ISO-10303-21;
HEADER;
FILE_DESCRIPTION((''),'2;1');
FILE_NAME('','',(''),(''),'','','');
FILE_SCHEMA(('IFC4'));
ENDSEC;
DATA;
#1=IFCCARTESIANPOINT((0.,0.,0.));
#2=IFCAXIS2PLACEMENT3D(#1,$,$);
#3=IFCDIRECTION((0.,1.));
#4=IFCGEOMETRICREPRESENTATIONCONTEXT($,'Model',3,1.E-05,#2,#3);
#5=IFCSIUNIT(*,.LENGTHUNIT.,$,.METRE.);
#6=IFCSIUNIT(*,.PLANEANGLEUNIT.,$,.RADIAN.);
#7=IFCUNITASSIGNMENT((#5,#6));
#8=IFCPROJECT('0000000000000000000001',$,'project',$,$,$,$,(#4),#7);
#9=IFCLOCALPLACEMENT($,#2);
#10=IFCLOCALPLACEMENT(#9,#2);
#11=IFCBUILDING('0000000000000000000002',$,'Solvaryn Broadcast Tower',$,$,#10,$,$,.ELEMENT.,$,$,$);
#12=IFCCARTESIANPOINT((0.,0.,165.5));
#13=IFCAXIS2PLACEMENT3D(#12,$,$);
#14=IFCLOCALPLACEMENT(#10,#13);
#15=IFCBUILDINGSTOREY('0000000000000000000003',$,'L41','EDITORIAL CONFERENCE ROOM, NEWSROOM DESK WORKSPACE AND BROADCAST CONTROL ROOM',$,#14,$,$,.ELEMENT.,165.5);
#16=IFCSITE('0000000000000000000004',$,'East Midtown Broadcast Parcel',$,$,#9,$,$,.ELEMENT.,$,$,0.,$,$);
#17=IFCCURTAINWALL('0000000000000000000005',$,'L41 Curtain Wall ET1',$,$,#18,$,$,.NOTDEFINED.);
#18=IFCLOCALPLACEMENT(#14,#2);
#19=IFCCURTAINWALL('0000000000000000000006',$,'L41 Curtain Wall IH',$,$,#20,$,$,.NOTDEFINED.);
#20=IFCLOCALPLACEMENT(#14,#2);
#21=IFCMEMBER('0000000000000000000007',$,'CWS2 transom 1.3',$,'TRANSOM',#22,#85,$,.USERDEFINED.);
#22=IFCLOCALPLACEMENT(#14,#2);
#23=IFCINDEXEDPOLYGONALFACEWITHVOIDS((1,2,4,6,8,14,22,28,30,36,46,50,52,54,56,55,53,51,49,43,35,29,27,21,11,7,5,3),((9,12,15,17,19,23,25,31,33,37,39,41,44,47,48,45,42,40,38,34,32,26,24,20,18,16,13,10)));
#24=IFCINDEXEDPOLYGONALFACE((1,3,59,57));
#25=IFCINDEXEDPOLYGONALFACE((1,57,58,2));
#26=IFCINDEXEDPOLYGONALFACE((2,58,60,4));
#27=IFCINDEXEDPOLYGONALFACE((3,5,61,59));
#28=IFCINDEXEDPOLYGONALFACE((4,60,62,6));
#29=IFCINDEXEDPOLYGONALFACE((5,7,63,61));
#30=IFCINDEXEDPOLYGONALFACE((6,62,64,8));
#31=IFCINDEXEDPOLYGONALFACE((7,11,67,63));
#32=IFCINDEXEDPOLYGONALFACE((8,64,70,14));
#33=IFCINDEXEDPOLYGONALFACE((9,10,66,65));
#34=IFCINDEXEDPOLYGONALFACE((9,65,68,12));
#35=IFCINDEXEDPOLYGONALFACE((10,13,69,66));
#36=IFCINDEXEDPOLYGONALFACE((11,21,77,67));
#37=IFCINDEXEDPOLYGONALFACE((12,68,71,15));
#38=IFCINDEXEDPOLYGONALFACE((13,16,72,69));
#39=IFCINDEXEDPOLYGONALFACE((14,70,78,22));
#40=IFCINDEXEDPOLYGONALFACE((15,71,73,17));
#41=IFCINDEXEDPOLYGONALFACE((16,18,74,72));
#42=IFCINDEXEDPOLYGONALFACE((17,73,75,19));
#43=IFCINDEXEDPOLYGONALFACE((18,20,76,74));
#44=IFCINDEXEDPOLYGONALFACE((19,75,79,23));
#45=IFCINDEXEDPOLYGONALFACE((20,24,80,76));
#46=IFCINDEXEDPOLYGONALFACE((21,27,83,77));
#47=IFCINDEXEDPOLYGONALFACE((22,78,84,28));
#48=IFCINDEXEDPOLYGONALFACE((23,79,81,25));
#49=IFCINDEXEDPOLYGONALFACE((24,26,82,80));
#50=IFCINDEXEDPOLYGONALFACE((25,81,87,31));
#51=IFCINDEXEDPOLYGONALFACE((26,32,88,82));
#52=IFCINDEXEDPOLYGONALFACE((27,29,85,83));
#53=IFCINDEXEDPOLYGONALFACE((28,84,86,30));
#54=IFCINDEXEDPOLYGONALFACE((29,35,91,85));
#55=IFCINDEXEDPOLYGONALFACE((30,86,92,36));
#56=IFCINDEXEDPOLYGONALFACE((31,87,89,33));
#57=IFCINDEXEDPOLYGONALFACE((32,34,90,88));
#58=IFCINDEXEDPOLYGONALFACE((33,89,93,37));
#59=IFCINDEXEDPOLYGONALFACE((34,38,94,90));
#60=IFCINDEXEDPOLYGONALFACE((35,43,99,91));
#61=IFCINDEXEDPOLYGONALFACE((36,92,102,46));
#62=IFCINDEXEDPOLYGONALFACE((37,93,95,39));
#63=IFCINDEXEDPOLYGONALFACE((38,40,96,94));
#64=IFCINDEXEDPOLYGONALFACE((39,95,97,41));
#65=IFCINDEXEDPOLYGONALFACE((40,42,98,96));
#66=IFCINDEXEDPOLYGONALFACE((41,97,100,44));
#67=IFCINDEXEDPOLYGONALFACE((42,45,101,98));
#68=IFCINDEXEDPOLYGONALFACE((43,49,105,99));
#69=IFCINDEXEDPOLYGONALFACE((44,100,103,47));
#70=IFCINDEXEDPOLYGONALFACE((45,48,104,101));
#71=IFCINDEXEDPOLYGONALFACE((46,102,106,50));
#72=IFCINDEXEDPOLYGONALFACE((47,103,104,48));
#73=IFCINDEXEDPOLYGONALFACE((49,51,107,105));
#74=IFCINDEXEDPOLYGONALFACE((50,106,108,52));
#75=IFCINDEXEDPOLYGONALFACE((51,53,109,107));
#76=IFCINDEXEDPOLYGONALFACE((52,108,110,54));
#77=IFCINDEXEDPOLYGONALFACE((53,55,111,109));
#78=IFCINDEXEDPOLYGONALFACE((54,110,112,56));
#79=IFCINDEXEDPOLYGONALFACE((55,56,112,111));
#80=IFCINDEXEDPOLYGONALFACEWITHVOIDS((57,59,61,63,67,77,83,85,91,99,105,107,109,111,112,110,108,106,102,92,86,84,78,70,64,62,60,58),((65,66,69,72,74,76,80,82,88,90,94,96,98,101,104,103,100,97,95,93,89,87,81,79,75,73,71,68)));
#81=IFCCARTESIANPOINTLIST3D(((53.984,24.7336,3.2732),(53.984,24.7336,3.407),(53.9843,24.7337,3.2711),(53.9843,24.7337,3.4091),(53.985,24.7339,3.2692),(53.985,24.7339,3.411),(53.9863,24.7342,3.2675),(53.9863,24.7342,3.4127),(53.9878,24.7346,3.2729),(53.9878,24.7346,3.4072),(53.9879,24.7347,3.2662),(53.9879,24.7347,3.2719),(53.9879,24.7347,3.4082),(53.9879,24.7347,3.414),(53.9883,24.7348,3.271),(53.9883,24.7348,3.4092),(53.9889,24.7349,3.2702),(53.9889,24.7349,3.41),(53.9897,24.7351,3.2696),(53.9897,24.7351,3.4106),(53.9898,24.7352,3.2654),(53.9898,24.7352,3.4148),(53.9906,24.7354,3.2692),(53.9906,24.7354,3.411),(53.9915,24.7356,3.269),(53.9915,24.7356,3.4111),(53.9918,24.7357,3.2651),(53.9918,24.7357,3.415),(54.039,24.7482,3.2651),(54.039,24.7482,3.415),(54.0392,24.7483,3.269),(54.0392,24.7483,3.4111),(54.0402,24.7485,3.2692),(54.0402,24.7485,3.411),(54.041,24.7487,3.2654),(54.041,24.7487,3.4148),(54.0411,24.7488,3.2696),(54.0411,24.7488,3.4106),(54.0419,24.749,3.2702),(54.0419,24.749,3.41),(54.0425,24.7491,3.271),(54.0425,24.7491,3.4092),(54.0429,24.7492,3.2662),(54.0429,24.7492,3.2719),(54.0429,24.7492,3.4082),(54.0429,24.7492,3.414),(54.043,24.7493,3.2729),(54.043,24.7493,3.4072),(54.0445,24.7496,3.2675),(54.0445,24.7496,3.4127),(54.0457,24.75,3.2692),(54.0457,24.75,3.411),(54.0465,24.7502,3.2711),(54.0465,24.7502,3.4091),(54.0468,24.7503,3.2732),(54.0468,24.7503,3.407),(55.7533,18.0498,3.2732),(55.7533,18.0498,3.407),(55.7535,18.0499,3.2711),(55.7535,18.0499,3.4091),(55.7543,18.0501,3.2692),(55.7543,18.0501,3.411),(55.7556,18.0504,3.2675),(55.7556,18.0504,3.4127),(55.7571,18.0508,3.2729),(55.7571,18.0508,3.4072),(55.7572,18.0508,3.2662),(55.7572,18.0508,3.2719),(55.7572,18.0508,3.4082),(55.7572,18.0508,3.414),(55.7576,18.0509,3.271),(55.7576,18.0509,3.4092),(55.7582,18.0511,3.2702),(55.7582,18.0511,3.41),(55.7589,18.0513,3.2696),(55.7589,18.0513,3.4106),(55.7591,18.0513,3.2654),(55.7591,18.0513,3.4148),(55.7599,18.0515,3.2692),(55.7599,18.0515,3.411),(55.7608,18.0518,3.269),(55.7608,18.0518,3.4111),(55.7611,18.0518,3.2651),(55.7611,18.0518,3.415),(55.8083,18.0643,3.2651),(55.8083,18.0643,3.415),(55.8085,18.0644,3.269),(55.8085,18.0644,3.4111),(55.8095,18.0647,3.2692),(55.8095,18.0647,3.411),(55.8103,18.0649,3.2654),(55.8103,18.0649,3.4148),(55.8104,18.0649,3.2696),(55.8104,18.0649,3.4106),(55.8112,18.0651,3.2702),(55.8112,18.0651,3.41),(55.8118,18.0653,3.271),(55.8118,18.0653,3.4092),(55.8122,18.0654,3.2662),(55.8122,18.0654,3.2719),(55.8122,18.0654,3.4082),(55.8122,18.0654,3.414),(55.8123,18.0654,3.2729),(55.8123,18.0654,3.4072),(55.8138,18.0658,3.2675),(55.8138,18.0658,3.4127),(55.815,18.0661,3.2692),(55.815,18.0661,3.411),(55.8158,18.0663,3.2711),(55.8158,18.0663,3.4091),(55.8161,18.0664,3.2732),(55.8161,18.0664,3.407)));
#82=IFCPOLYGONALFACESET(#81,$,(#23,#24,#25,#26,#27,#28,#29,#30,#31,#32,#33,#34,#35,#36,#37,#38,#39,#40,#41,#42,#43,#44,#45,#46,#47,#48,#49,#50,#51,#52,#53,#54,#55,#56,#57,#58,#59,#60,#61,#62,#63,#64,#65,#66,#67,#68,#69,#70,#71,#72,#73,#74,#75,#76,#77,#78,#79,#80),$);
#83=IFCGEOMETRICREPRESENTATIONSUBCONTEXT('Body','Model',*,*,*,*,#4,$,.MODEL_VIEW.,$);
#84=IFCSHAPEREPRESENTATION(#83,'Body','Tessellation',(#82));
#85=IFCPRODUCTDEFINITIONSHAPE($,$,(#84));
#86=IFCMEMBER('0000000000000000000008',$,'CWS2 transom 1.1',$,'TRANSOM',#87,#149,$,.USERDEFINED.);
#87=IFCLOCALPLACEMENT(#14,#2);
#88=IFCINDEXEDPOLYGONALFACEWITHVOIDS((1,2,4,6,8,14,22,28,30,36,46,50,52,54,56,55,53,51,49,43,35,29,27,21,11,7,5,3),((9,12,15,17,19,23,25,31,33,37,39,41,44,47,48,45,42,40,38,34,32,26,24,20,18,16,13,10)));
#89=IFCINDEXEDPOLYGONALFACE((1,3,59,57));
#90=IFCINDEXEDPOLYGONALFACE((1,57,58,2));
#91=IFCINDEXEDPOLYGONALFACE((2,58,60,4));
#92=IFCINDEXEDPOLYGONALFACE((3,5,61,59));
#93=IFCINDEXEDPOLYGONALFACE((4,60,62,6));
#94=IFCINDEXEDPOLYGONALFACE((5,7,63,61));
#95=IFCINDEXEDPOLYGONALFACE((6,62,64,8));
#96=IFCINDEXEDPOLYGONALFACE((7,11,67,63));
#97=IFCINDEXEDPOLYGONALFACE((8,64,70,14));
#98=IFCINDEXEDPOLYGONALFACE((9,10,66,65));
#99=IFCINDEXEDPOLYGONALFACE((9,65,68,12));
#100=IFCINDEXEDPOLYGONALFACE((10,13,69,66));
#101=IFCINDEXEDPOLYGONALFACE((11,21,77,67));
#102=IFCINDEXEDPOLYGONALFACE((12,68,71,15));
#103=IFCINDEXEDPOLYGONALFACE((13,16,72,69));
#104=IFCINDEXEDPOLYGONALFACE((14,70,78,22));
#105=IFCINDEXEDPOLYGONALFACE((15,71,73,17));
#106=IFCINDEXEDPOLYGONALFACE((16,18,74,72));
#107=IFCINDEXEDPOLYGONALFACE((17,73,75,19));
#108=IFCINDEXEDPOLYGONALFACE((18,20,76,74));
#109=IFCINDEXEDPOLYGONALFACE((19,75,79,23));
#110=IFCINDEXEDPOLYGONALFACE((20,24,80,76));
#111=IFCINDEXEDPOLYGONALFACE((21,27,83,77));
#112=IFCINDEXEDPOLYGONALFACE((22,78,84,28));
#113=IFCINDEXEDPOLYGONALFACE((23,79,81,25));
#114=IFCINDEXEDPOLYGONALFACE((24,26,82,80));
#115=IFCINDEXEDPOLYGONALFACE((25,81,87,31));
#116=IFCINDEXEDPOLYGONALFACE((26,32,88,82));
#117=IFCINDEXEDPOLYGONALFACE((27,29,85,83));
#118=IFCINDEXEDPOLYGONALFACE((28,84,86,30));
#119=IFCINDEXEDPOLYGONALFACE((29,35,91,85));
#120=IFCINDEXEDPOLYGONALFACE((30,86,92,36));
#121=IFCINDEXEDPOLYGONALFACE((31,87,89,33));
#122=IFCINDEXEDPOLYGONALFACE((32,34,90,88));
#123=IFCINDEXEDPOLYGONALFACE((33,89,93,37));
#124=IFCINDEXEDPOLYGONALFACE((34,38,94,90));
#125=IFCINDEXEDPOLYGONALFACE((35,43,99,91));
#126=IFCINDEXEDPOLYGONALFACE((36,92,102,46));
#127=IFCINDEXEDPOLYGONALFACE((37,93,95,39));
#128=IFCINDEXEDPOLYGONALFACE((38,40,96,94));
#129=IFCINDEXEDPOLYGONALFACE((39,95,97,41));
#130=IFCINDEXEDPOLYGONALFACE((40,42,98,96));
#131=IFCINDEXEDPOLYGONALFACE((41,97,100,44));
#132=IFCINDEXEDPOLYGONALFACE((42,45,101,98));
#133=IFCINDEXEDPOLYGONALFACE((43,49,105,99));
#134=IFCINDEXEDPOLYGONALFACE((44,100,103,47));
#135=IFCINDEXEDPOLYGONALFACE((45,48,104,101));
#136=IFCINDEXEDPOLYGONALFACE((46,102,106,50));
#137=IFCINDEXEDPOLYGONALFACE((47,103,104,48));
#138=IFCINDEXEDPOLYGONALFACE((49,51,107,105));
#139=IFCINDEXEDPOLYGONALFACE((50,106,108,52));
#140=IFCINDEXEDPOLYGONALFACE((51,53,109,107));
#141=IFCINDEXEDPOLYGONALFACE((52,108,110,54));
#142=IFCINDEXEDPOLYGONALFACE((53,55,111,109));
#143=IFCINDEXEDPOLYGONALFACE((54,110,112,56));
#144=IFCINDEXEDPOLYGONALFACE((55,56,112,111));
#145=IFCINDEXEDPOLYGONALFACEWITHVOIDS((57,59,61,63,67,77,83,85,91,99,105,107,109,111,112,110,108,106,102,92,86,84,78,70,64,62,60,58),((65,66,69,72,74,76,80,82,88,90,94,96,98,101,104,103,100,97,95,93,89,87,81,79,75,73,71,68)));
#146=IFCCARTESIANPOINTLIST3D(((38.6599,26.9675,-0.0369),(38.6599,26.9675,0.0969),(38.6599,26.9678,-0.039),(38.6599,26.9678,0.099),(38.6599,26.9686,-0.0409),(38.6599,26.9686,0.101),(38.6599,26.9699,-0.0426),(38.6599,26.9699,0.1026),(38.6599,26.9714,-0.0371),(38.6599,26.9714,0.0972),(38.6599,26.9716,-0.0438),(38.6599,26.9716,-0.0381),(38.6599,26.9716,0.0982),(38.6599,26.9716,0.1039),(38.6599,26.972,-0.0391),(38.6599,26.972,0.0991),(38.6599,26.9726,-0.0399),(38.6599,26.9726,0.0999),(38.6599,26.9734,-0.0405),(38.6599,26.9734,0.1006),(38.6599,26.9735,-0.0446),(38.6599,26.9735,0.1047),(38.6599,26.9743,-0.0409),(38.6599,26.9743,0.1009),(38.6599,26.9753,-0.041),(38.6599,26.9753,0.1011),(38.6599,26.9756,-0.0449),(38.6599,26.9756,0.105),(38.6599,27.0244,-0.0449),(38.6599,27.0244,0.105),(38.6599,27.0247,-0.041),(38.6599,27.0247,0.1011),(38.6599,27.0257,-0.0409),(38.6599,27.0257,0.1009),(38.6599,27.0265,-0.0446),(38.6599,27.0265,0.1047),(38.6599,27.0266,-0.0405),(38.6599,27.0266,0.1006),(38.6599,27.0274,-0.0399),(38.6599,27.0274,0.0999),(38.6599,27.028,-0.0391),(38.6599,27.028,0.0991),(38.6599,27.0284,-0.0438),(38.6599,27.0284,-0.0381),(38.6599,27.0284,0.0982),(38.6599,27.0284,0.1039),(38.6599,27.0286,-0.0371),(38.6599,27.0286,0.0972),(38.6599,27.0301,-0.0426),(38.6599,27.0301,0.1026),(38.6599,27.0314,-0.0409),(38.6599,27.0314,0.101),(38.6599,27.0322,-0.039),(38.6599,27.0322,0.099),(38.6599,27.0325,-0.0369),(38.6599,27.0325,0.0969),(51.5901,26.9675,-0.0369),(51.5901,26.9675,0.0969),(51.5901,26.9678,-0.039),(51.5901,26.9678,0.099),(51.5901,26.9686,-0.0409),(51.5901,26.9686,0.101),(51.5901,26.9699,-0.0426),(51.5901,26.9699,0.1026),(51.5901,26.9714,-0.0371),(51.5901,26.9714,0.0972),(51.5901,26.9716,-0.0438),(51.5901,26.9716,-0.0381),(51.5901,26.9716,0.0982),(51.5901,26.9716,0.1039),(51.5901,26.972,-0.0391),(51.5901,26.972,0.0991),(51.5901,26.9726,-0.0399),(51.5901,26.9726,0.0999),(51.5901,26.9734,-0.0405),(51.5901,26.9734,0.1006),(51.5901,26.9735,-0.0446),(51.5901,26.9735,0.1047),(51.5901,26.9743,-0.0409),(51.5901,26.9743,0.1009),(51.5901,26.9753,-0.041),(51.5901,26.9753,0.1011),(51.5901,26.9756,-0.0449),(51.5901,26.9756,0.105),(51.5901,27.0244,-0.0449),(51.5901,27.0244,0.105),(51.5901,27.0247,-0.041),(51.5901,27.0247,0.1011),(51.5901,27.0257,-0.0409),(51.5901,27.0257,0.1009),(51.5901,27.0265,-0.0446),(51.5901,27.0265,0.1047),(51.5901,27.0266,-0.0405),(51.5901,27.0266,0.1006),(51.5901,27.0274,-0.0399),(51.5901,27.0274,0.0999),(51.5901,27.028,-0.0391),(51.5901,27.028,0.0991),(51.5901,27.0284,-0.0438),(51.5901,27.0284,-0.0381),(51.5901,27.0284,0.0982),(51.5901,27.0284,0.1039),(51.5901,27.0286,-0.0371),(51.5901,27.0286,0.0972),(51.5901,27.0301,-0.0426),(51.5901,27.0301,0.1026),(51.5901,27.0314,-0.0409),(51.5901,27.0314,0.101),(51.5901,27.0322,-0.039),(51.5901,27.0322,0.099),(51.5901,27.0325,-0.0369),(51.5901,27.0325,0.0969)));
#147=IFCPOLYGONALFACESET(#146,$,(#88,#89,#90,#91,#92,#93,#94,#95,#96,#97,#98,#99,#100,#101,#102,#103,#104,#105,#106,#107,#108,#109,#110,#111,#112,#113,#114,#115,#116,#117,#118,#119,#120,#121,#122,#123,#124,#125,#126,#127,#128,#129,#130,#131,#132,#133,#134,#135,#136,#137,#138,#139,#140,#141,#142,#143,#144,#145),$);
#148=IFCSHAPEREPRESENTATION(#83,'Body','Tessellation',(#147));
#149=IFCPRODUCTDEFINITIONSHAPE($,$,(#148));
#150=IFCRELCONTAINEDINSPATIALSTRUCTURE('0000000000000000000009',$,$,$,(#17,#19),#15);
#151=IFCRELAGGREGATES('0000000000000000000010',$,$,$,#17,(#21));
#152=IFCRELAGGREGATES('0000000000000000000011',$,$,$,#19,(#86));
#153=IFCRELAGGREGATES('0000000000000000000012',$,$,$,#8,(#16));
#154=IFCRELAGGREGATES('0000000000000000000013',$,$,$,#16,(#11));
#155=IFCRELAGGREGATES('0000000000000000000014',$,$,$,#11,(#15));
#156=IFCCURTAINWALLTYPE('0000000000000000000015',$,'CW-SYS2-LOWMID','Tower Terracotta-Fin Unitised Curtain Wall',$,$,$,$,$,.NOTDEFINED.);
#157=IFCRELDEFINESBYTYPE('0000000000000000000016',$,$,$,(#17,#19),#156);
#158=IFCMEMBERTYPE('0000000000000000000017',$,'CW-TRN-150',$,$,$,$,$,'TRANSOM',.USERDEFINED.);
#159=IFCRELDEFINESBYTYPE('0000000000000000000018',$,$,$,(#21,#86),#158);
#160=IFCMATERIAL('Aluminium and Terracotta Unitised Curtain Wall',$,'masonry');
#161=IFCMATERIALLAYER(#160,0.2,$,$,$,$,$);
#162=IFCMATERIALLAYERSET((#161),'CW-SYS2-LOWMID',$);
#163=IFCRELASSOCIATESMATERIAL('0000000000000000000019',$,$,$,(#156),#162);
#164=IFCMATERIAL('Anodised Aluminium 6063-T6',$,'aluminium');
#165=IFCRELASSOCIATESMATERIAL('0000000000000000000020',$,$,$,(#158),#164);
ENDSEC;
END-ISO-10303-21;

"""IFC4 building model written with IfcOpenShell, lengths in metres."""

from ifc_helpers import new_model, si_unit, direction, frame, origin, origin_2d, place, context, subcontext, project, spatial, hollow_rectangle, extrude, material, layer, layer_set, material_profile, profile_set, type_object, element, aggregate, save


model = new_model("IFC4")

# Units and contexts
model_context = context("Model", 3, precision=1e-05, world=origin(), true_north=direction((0.0, 1.0)))
body_context = subcontext(model_context, "Body", "Model", "MODEL_VIEW")
ifc_project = project(units=[si_unit("LENGTHUNIT", "METRE"), si_unit("PLANEANGLEUNIT", "RADIAN")], contexts=[model_context])

# Site, building, storey
site_placement = place(None, origin())
site = spatial("IfcSite", under=ifc_project, at=site_placement, Name="East Midtown Broadcast Parcel", CompositionType="ELEMENT", RefElevation=0.0)
building_placement = place(site_placement, origin())
building = spatial("IfcBuilding", under=site, at=building_placement, Name="Solvaryn Broadcast Tower", CompositionType="ELEMENT")
storey_placement = place(building_placement, frame((0.0, 0.0, 165.5)))
storey = spatial("IfcBuildingStorey", under=building, at=storey_placement, Name="L41", Description="EDITORIAL CONFERENCE ROOM, NEWSROOM DESK WORKSPACE AND BROADCAST CONTROL ROOM", CompositionType="ELEMENT", Elevation=165.5)

# Curtain walls
ifc_material_1 = material(Name="Aluminium and Terracotta Unitised Curtain Wall", Category="masonry")
ifc_layer_1 = layer(ifc_material_1, 0.2)
ifc_layer_set_1 = layer_set([ifc_layer_1], Name="CW-SYS2-LOWMID")
curtain_wall_type = type_object("IfcCurtainWallType", Name="CW-SYS2-LOWMID", Description="Tower Terracotta-Fin Unitised Curtain Wall", PredefinedType="NOTDEFINED", material=ifc_layer_set_1)
curtain_wall_1_placement = place(storey_placement, origin())
curtain_wall_1 = element("IfcCurtainWall", 1, at=curtain_wall_1_placement, inside=storey, type_object=curtain_wall_type, Name="L41 Curtain Wall ET1", PredefinedType="NOTDEFINED")
curtain_wall_2_placement = place(storey_placement, origin())
curtain_wall_2 = element("IfcCurtainWall", 2, at=curtain_wall_2_placement, inside=storey, type_object=curtain_wall_type, Name="L41 Curtain Wall IH", PredefinedType="NOTDEFINED")

# Members
ifc_material_2 = material(Name="Anodised Aluminium 6063-T6", Category="aluminium")
ifc_material_profile_1 = material_profile(ifc_material_2, hollow_rectangle(XDim=0.0649, YDim=0.1499, WallThickness=0.0039, InnerFilletRadius=0.0039, OuterFilletRadius=0.0081, at=origin_2d()))
ifc_profile_set_1 = profile_set([ifc_material_profile_1], Name="Anodised Aluminium 6063-T6")
member_type_1 = type_object("IfcMemberType", Name="CW-TRN-150", ElementType="TRANSOM", PredefinedType="USERDEFINED", material=ifc_profile_set_1)
member_1_placement = place(storey_placement, frame((54.0154, 24.7419, 3.3401), z_axis=(0.255897, -0.966704, 0.0), x_axis=(0.966704, 0.255897, 0.0)))
member_1 = element("IfcMember", 3, at=member_1_placement, type_object=member_type_1, Name="CWS2 transom 1.3", ObjectType="TRANSOM", PredefinedType="USERDEFINED", context=body_context, shape_type="SweptSolid", body=[
    extrude(hollow_rectangle(XDim=0.0649, YDim=0.1499, WallThickness=0.0039, InnerFilletRadius=0.0039, OuterFilletRadius=0.0081, at=origin_2d()), origin(), (0.0, 0.0, 1.0), 6.9141),
])
member_2_placement = place(storey_placement, frame((38.6599, 27.0, 0.03), z_axis=(1.0, 0.0, 0.0), x_axis=(0.0, 1.0, 0.0)))
member_2 = element("IfcMember", 4, at=member_2_placement, type_object=member_type_1, Name="CWS2 transom 1.1", ObjectType="TRANSOM", PredefinedType="USERDEFINED", context=body_context, shape_type="SweptSolid", body=[
    extrude(hollow_rectangle(XDim=0.0649, YDim=0.1499, WallThickness=0.0039, InnerFilletRadius=0.0039, OuterFilletRadius=0.0081, at=origin_2d()), origin(), (0.0, 0.0, 1.0), 12.9302),
])

aggregate(curtain_wall_1, [member_1])
aggregate(curtain_wall_2, [member_2])

save(model, "model.ifc")
